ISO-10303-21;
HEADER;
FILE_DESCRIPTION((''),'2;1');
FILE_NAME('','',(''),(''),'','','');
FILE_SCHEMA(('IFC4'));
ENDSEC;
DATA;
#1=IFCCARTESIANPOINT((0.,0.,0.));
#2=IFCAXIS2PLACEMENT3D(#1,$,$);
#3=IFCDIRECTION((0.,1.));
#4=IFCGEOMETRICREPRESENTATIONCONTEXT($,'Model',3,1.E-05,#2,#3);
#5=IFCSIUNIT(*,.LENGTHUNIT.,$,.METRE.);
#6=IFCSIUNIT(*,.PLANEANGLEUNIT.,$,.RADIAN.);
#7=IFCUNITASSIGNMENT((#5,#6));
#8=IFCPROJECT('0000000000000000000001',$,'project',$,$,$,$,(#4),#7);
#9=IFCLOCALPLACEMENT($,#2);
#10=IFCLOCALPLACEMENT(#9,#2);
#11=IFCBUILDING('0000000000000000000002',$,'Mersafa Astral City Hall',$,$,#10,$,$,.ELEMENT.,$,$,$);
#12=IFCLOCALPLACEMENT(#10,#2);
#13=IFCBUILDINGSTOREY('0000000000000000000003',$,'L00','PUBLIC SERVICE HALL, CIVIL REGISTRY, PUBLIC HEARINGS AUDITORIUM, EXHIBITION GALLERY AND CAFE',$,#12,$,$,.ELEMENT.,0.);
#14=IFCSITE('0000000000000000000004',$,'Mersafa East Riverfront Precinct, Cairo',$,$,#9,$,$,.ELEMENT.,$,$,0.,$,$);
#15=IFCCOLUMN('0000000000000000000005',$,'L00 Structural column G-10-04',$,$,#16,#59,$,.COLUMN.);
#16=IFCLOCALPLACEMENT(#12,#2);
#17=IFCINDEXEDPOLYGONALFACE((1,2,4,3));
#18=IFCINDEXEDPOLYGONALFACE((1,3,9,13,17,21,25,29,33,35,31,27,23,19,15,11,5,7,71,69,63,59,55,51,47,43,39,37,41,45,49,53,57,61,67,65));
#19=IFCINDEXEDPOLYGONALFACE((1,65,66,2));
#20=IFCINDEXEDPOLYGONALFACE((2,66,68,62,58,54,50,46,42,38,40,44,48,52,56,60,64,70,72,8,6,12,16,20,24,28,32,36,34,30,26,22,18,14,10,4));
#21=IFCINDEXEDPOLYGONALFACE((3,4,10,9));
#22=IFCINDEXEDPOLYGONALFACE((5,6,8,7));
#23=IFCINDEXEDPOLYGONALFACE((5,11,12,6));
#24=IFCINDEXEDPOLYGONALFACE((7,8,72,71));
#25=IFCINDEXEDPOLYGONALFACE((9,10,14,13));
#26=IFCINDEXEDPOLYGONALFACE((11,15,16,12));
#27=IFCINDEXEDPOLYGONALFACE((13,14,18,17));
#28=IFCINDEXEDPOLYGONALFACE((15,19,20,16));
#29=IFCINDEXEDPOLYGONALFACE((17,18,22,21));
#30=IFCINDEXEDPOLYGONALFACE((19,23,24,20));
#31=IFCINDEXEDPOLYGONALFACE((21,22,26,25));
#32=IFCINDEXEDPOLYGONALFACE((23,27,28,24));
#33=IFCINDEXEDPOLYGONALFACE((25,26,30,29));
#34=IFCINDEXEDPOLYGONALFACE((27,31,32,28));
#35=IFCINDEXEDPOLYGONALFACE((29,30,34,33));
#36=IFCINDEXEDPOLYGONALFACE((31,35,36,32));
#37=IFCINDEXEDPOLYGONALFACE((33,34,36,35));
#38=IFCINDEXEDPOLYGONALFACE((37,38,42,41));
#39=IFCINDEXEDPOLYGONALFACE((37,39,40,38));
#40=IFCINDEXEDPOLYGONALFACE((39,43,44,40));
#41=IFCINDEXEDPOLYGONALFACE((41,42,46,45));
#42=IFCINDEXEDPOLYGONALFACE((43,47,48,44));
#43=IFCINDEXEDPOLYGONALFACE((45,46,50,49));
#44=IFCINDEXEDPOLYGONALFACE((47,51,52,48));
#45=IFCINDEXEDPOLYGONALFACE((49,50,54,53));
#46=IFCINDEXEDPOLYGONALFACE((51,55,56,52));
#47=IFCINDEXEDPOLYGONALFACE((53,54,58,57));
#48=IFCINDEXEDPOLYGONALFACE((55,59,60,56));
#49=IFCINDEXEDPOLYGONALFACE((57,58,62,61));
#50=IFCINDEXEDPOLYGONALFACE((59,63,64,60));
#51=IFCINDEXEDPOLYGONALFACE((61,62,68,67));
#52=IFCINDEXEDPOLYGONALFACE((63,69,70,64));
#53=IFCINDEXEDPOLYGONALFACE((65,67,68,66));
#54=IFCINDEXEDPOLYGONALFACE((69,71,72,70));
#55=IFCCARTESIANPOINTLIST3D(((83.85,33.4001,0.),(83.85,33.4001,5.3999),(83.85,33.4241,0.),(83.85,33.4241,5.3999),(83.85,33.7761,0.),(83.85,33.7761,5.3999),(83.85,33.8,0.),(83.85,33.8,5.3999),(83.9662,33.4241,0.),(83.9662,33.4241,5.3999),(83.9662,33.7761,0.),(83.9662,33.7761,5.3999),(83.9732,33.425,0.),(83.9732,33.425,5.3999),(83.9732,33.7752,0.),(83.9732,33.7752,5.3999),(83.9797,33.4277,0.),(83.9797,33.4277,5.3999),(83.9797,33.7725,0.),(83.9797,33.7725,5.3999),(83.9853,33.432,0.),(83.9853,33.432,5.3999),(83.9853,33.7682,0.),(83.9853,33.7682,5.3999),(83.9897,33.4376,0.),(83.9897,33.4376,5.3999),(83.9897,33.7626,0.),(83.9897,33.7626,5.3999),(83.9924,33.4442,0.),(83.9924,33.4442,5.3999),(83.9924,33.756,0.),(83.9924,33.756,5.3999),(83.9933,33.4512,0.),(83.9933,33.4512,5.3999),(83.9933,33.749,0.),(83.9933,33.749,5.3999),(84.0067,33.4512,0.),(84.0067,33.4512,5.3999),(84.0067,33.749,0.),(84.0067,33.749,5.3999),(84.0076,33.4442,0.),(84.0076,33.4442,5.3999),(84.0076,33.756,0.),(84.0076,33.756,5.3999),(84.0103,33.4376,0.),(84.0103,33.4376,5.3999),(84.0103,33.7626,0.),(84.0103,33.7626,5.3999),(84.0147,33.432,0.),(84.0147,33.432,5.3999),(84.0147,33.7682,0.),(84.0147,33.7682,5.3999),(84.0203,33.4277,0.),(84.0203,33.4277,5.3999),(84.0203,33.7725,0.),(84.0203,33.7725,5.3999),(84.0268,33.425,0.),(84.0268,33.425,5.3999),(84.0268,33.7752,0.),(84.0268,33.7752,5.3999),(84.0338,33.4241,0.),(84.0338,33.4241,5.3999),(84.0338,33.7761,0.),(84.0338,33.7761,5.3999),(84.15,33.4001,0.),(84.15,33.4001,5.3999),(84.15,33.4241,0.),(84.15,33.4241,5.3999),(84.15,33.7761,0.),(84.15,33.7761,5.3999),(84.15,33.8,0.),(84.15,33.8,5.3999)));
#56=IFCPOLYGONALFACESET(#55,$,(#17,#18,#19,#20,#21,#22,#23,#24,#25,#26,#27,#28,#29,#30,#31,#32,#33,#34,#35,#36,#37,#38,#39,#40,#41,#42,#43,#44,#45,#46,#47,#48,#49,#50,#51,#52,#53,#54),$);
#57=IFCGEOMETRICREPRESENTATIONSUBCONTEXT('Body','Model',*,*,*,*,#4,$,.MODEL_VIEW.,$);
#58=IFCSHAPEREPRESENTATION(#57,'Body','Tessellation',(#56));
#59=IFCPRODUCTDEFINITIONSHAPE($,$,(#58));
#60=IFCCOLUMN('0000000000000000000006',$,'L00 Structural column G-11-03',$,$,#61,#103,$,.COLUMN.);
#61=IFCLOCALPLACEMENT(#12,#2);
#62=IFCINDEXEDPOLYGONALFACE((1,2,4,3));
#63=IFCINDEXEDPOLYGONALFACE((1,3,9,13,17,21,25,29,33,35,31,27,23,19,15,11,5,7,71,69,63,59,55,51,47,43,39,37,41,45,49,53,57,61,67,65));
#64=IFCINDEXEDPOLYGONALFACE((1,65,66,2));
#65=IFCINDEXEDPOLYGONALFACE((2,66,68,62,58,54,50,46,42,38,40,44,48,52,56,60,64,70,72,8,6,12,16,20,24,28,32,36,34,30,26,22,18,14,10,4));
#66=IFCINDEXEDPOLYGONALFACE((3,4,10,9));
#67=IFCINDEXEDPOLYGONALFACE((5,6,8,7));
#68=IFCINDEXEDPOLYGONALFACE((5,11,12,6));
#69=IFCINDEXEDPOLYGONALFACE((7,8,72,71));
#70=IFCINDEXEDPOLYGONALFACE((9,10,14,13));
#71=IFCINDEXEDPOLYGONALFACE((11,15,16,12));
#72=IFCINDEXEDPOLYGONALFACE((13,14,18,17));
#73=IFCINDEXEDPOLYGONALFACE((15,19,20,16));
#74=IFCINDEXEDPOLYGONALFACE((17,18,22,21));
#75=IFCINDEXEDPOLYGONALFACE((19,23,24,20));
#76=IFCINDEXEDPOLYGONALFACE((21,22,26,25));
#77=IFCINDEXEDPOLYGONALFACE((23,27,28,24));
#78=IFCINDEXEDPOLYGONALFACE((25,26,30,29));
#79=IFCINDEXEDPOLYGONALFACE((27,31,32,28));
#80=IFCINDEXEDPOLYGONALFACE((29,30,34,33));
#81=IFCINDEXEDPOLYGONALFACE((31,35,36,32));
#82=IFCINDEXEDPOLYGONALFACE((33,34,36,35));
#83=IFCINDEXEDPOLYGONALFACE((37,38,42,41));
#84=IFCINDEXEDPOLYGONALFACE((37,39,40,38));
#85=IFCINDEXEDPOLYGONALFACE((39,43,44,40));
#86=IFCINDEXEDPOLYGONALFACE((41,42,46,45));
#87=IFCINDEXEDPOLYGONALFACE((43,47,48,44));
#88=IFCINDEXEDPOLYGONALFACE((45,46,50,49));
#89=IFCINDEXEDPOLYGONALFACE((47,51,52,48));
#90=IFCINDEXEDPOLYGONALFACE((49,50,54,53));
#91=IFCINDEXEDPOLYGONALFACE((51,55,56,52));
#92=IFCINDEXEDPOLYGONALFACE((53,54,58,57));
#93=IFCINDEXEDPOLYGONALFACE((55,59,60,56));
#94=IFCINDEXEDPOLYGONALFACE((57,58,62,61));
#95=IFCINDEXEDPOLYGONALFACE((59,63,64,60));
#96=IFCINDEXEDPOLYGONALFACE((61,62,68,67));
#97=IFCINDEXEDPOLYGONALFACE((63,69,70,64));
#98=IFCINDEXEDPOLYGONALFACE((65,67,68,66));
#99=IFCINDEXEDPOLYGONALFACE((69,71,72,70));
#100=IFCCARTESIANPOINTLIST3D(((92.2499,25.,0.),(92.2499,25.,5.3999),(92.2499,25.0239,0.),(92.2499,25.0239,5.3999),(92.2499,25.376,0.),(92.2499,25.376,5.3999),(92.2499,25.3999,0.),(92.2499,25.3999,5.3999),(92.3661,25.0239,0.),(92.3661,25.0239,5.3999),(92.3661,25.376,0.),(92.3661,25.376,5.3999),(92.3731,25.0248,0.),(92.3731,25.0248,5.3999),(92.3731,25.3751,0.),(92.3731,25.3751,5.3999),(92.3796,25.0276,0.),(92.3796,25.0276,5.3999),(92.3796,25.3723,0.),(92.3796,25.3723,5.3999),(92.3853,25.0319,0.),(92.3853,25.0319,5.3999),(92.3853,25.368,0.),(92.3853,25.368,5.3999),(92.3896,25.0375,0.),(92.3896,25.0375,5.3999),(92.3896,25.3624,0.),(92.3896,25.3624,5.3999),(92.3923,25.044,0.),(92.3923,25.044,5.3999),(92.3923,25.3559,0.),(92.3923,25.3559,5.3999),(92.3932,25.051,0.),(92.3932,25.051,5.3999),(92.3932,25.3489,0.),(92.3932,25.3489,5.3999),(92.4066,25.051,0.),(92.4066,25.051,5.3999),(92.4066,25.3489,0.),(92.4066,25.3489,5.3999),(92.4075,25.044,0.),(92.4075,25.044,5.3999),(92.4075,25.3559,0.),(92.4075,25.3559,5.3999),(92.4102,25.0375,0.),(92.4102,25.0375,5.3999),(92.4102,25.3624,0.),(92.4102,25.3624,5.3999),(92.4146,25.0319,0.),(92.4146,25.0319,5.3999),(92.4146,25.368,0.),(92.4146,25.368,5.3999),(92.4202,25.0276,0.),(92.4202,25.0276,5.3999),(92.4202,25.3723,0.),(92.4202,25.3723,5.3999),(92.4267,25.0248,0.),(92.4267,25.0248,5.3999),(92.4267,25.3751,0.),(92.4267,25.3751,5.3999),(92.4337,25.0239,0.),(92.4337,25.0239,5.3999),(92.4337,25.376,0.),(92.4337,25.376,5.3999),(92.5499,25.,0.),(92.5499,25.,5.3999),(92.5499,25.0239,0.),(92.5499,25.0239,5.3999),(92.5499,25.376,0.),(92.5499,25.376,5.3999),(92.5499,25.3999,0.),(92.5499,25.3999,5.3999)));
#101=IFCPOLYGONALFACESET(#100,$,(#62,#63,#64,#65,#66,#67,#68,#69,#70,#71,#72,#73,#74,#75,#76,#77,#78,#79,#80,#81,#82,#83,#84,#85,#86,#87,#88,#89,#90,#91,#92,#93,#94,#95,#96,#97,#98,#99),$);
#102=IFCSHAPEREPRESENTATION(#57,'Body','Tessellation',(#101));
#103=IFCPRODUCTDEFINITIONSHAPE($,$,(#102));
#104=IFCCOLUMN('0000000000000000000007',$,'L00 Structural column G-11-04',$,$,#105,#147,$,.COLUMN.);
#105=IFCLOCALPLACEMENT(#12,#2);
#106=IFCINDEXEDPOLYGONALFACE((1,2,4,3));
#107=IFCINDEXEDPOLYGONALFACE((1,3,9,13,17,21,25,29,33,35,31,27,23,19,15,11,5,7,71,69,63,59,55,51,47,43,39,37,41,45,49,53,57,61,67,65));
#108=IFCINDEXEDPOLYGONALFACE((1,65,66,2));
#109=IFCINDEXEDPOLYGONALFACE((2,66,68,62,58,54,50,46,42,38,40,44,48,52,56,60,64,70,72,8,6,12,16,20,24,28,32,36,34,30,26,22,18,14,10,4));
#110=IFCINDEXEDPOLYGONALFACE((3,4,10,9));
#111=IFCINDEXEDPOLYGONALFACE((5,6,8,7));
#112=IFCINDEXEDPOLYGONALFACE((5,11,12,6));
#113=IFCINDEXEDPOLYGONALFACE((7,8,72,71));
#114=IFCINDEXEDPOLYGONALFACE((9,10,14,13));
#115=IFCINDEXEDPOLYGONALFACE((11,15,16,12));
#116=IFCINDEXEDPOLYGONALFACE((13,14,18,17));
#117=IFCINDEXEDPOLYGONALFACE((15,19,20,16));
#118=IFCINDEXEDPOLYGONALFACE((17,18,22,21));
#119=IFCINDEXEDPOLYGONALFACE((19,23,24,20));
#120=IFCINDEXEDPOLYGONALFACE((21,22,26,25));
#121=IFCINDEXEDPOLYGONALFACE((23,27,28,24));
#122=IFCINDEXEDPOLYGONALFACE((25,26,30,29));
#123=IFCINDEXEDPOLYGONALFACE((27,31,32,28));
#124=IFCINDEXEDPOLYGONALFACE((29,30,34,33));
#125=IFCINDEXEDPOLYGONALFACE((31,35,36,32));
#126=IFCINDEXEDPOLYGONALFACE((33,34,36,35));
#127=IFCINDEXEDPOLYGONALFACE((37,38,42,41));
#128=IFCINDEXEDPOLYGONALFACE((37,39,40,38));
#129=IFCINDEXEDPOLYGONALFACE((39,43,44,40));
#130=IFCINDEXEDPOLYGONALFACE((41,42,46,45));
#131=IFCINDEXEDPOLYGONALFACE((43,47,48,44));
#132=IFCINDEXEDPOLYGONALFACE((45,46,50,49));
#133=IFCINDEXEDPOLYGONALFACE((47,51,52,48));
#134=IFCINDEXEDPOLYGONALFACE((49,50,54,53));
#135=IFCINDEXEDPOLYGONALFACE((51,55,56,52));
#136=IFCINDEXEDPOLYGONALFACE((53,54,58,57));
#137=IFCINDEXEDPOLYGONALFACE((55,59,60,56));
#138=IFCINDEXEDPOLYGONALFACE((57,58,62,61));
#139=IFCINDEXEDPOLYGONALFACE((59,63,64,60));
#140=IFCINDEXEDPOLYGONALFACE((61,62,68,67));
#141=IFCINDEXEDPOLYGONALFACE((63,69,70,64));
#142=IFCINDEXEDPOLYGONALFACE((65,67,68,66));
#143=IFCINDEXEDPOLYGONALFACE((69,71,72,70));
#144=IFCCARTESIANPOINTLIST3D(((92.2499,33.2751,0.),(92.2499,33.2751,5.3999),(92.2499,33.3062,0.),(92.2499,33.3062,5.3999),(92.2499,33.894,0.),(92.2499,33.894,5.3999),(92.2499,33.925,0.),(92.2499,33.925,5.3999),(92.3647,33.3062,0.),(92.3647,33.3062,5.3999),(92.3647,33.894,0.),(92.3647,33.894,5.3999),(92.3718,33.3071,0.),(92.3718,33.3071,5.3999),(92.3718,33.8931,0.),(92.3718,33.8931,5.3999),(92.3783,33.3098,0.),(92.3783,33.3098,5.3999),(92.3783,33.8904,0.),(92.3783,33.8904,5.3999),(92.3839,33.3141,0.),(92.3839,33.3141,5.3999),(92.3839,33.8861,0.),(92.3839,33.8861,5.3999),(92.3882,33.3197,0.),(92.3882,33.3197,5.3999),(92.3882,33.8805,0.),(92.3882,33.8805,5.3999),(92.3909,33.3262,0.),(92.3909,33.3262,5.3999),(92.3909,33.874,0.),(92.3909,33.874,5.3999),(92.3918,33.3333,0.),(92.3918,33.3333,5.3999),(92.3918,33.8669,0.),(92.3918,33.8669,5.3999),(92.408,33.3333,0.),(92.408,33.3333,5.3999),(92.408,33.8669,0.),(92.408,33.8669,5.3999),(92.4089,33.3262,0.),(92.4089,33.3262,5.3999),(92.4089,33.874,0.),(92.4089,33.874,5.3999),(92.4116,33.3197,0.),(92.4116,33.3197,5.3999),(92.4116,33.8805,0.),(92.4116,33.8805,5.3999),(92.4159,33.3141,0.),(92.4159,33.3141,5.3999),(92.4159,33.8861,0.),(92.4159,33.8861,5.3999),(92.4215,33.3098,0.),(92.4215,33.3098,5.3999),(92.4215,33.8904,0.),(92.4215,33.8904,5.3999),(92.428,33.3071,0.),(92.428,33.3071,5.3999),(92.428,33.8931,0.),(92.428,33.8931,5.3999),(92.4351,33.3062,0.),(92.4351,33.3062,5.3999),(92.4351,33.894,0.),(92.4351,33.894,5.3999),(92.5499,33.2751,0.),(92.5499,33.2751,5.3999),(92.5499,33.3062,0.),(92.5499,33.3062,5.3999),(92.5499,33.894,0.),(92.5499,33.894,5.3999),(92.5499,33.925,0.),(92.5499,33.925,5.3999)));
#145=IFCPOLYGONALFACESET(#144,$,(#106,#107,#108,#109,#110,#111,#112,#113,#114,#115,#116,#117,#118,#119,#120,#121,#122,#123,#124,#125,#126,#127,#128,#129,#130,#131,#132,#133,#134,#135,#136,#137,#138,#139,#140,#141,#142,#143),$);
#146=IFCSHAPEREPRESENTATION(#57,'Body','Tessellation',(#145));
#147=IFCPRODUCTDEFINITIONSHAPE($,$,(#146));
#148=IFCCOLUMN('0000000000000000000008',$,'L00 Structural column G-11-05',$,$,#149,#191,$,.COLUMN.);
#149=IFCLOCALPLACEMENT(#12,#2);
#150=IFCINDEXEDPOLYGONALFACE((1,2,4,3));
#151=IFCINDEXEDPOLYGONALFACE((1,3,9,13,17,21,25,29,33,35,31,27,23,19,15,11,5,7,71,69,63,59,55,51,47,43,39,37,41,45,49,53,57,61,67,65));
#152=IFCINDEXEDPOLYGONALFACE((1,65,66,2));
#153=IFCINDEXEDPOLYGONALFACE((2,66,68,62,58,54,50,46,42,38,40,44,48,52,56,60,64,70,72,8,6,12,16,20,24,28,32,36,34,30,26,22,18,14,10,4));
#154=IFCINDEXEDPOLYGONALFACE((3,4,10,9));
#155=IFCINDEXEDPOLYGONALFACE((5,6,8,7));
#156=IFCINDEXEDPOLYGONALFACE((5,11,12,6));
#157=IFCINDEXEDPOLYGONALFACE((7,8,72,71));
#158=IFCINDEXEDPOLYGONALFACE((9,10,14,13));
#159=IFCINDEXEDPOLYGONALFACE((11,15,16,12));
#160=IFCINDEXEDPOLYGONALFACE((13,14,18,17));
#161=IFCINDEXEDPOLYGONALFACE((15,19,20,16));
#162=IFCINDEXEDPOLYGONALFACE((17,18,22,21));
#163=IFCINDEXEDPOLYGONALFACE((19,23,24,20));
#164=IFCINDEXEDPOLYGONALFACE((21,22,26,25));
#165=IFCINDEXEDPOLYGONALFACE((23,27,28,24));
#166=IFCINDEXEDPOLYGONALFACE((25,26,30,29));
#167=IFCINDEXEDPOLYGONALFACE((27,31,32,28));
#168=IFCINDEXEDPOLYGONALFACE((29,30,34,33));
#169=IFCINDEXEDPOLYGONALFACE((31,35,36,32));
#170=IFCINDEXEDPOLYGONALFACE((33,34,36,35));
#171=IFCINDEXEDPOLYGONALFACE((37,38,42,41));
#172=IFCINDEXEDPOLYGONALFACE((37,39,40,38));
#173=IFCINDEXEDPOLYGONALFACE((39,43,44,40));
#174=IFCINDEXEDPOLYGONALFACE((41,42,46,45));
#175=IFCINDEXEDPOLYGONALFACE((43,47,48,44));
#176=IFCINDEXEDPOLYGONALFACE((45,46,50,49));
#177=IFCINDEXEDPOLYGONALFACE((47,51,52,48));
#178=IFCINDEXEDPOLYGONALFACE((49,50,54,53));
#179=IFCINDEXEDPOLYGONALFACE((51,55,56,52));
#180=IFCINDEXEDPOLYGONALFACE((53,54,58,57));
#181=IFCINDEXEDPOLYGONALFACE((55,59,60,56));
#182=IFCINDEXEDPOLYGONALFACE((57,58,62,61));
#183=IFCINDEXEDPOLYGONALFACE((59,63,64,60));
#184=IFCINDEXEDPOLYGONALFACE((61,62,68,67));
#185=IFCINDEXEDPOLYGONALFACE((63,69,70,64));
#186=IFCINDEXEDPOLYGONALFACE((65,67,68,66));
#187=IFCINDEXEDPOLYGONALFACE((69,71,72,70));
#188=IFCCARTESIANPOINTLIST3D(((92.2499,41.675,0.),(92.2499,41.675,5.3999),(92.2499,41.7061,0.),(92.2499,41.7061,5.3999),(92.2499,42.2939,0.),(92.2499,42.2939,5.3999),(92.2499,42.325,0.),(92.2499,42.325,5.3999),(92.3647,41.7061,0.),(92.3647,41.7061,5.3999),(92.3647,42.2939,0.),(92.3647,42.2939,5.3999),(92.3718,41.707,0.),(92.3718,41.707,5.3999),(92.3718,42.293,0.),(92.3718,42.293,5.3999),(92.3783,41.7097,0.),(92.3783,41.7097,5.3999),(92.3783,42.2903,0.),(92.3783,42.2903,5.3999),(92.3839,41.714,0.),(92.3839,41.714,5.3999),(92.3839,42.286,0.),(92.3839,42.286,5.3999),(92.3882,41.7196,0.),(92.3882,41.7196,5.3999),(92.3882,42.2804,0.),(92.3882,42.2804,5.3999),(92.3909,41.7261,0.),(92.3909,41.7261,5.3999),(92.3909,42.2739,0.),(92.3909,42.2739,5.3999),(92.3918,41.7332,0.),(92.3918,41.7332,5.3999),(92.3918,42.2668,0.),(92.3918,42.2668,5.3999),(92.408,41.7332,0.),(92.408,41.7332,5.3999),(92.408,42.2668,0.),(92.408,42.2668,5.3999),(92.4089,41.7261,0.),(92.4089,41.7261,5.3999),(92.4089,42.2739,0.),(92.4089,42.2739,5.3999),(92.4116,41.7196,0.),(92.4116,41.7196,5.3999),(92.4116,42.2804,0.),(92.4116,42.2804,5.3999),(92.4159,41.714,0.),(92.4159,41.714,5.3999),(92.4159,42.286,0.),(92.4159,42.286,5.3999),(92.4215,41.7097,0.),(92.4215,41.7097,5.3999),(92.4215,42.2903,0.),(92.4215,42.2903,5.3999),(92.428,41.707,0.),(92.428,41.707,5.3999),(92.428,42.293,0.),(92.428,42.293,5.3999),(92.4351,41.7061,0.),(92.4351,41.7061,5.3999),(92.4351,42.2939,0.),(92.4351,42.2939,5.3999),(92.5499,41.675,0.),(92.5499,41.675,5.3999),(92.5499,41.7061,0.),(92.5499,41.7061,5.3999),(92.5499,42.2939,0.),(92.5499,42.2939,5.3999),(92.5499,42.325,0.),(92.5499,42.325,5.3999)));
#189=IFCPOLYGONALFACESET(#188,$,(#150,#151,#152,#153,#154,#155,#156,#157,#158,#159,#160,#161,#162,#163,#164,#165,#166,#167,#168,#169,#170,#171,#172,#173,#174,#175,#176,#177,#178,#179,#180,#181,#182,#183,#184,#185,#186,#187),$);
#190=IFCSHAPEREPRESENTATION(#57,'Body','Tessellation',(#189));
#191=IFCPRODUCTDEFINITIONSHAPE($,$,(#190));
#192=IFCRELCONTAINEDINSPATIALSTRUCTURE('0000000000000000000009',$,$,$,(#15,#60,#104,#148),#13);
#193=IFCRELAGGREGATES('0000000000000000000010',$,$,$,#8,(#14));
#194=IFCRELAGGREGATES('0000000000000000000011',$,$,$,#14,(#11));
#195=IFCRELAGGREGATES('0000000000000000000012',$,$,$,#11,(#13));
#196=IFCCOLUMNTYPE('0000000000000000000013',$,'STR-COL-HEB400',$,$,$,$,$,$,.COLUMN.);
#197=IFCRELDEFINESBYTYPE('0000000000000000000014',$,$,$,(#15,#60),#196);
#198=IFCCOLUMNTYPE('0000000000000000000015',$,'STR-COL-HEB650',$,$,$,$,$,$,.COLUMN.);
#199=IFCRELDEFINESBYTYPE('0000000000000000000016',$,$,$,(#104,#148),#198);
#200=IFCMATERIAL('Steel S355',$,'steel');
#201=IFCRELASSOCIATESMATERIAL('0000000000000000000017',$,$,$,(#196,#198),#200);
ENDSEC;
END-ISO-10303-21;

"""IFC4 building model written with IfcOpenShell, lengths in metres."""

from ifc_helpers import new_model, si_unit, direction, frame, origin, origin_2d, place, context, subcontext, project, spatial, i_section, extrude, material, material_profile, profile_set, type_object, element, save


model = new_model("IFC4")

# Units and contexts
model_context = context("Model", 3, precision=1e-05, world=origin(), true_north=direction((0.0, 1.0)))
body_context = subcontext(model_context, "Body", "Model", "MODEL_VIEW")
ifc_project = project(units=[si_unit("LENGTHUNIT", "METRE"), si_unit("PLANEANGLEUNIT", "RADIAN")], contexts=[model_context])

# Site, building, storey
site_placement = place(None, origin())
site = spatial("IfcSite", under=ifc_project, at=site_placement, Name="Mersafa East Riverfront Precinct, Cairo", CompositionType="ELEMENT", RefElevation=0.0)
building_placement = place(site_placement, origin())
building = spatial("IfcBuilding", under=site, at=building_placement, Name="Mersafa Astral City Hall", CompositionType="ELEMENT")
storey_placement = place(building_placement, origin())
storey = spatial("IfcBuildingStorey", under=building, at=storey_placement, Name="L00", Description="PUBLIC SERVICE HALL, CIVIL REGISTRY, PUBLIC HEARINGS AUDITORIUM, EXHIBITION GALLERY AND CAFE", CompositionType="ELEMENT", Elevation=0.0)

# Columns
ifc_material_1 = material(Name="Steel S355", Category="steel")
ifc_material_profile_1 = material_profile(ifc_material_1, i_section(OverallWidth=0.3, OverallDepth=0.3999, WebThickness=0.0134, FlangeThickness=0.0239, FilletRadius=0.0271, at=origin_2d()), Name="HEB 400")
ifc_profile_set_1 = profile_set([ifc_material_profile_1], Name="Steel S355")
column_type_1 = type_object("IfcColumnType", Name="STR-COL-HEB400", PredefinedType="COLUMN", material=ifc_profile_set_1)
for number, where, z_axis, x_axis, name in (
    (1, (84.0, 33.6001, 0.0), (0.0, 0.0, 1.0), (1.0, 0.0, 0.0), "L00 Structural column G-10-04"),
    (2, (92.3999, 25.2, 0.0), (0.0, 0.0, 1.0), (1.0, 0.0, 0.0), "L00 Structural column G-11-03"),
):
    element("IfcColumn", number, at=place(storey_placement, frame(where, z_axis=z_axis, x_axis=x_axis)), inside=storey, type_object=column_type_1, Name=name, PredefinedType="COLUMN", context=body_context, shape_type="SweptSolid", body=[
        extrude(i_section(OverallWidth=0.3, OverallDepth=0.3999, WebThickness=0.0134, FlangeThickness=0.0239, FilletRadius=0.0271, at=origin_2d()), origin(), (0.0, 0.0, 1.0), 5.3999),
    ])
ifc_material_profile_2 = material_profile(ifc_material_1, i_section(OverallWidth=0.3, OverallDepth=0.6499, WebThickness=0.0161, FlangeThickness=0.031, FilletRadius=0.0271, at=origin_2d()), Name="HEB 650")
ifc_profile_set_2 = profile_set([ifc_material_profile_2], Name="Steel S355")
column_type_2 = type_object("IfcColumnType", Name="STR-COL-HEB650", PredefinedType="COLUMN", material=ifc_profile_set_2)
for number, where, z_axis, x_axis, name in (
    (3, (92.3999, 33.6001, 0.0), (0.0, 0.0, 1.0), (1.0, 0.0, 0.0), "L00 Structural column G-11-04"),
    (4, (92.3999, 42.0, 0.0), (0.0, 0.0, 1.0), (1.0, 0.0, 0.0), "L00 Structural column G-11-05"),
):
    element("IfcColumn", number, at=place(storey_placement, frame(where, z_axis=z_axis, x_axis=x_axis)), inside=storey, type_object=column_type_2, Name=name, PredefinedType="COLUMN", context=body_context, shape_type="SweptSolid", body=[
        extrude(i_section(OverallWidth=0.3, OverallDepth=0.6499, WebThickness=0.0161, FlangeThickness=0.031, FilletRadius=0.0271, at=origin_2d()), origin(), (0.0, 0.0, 1.0), 5.3999),
    ])

save(model, "model.ifc")
